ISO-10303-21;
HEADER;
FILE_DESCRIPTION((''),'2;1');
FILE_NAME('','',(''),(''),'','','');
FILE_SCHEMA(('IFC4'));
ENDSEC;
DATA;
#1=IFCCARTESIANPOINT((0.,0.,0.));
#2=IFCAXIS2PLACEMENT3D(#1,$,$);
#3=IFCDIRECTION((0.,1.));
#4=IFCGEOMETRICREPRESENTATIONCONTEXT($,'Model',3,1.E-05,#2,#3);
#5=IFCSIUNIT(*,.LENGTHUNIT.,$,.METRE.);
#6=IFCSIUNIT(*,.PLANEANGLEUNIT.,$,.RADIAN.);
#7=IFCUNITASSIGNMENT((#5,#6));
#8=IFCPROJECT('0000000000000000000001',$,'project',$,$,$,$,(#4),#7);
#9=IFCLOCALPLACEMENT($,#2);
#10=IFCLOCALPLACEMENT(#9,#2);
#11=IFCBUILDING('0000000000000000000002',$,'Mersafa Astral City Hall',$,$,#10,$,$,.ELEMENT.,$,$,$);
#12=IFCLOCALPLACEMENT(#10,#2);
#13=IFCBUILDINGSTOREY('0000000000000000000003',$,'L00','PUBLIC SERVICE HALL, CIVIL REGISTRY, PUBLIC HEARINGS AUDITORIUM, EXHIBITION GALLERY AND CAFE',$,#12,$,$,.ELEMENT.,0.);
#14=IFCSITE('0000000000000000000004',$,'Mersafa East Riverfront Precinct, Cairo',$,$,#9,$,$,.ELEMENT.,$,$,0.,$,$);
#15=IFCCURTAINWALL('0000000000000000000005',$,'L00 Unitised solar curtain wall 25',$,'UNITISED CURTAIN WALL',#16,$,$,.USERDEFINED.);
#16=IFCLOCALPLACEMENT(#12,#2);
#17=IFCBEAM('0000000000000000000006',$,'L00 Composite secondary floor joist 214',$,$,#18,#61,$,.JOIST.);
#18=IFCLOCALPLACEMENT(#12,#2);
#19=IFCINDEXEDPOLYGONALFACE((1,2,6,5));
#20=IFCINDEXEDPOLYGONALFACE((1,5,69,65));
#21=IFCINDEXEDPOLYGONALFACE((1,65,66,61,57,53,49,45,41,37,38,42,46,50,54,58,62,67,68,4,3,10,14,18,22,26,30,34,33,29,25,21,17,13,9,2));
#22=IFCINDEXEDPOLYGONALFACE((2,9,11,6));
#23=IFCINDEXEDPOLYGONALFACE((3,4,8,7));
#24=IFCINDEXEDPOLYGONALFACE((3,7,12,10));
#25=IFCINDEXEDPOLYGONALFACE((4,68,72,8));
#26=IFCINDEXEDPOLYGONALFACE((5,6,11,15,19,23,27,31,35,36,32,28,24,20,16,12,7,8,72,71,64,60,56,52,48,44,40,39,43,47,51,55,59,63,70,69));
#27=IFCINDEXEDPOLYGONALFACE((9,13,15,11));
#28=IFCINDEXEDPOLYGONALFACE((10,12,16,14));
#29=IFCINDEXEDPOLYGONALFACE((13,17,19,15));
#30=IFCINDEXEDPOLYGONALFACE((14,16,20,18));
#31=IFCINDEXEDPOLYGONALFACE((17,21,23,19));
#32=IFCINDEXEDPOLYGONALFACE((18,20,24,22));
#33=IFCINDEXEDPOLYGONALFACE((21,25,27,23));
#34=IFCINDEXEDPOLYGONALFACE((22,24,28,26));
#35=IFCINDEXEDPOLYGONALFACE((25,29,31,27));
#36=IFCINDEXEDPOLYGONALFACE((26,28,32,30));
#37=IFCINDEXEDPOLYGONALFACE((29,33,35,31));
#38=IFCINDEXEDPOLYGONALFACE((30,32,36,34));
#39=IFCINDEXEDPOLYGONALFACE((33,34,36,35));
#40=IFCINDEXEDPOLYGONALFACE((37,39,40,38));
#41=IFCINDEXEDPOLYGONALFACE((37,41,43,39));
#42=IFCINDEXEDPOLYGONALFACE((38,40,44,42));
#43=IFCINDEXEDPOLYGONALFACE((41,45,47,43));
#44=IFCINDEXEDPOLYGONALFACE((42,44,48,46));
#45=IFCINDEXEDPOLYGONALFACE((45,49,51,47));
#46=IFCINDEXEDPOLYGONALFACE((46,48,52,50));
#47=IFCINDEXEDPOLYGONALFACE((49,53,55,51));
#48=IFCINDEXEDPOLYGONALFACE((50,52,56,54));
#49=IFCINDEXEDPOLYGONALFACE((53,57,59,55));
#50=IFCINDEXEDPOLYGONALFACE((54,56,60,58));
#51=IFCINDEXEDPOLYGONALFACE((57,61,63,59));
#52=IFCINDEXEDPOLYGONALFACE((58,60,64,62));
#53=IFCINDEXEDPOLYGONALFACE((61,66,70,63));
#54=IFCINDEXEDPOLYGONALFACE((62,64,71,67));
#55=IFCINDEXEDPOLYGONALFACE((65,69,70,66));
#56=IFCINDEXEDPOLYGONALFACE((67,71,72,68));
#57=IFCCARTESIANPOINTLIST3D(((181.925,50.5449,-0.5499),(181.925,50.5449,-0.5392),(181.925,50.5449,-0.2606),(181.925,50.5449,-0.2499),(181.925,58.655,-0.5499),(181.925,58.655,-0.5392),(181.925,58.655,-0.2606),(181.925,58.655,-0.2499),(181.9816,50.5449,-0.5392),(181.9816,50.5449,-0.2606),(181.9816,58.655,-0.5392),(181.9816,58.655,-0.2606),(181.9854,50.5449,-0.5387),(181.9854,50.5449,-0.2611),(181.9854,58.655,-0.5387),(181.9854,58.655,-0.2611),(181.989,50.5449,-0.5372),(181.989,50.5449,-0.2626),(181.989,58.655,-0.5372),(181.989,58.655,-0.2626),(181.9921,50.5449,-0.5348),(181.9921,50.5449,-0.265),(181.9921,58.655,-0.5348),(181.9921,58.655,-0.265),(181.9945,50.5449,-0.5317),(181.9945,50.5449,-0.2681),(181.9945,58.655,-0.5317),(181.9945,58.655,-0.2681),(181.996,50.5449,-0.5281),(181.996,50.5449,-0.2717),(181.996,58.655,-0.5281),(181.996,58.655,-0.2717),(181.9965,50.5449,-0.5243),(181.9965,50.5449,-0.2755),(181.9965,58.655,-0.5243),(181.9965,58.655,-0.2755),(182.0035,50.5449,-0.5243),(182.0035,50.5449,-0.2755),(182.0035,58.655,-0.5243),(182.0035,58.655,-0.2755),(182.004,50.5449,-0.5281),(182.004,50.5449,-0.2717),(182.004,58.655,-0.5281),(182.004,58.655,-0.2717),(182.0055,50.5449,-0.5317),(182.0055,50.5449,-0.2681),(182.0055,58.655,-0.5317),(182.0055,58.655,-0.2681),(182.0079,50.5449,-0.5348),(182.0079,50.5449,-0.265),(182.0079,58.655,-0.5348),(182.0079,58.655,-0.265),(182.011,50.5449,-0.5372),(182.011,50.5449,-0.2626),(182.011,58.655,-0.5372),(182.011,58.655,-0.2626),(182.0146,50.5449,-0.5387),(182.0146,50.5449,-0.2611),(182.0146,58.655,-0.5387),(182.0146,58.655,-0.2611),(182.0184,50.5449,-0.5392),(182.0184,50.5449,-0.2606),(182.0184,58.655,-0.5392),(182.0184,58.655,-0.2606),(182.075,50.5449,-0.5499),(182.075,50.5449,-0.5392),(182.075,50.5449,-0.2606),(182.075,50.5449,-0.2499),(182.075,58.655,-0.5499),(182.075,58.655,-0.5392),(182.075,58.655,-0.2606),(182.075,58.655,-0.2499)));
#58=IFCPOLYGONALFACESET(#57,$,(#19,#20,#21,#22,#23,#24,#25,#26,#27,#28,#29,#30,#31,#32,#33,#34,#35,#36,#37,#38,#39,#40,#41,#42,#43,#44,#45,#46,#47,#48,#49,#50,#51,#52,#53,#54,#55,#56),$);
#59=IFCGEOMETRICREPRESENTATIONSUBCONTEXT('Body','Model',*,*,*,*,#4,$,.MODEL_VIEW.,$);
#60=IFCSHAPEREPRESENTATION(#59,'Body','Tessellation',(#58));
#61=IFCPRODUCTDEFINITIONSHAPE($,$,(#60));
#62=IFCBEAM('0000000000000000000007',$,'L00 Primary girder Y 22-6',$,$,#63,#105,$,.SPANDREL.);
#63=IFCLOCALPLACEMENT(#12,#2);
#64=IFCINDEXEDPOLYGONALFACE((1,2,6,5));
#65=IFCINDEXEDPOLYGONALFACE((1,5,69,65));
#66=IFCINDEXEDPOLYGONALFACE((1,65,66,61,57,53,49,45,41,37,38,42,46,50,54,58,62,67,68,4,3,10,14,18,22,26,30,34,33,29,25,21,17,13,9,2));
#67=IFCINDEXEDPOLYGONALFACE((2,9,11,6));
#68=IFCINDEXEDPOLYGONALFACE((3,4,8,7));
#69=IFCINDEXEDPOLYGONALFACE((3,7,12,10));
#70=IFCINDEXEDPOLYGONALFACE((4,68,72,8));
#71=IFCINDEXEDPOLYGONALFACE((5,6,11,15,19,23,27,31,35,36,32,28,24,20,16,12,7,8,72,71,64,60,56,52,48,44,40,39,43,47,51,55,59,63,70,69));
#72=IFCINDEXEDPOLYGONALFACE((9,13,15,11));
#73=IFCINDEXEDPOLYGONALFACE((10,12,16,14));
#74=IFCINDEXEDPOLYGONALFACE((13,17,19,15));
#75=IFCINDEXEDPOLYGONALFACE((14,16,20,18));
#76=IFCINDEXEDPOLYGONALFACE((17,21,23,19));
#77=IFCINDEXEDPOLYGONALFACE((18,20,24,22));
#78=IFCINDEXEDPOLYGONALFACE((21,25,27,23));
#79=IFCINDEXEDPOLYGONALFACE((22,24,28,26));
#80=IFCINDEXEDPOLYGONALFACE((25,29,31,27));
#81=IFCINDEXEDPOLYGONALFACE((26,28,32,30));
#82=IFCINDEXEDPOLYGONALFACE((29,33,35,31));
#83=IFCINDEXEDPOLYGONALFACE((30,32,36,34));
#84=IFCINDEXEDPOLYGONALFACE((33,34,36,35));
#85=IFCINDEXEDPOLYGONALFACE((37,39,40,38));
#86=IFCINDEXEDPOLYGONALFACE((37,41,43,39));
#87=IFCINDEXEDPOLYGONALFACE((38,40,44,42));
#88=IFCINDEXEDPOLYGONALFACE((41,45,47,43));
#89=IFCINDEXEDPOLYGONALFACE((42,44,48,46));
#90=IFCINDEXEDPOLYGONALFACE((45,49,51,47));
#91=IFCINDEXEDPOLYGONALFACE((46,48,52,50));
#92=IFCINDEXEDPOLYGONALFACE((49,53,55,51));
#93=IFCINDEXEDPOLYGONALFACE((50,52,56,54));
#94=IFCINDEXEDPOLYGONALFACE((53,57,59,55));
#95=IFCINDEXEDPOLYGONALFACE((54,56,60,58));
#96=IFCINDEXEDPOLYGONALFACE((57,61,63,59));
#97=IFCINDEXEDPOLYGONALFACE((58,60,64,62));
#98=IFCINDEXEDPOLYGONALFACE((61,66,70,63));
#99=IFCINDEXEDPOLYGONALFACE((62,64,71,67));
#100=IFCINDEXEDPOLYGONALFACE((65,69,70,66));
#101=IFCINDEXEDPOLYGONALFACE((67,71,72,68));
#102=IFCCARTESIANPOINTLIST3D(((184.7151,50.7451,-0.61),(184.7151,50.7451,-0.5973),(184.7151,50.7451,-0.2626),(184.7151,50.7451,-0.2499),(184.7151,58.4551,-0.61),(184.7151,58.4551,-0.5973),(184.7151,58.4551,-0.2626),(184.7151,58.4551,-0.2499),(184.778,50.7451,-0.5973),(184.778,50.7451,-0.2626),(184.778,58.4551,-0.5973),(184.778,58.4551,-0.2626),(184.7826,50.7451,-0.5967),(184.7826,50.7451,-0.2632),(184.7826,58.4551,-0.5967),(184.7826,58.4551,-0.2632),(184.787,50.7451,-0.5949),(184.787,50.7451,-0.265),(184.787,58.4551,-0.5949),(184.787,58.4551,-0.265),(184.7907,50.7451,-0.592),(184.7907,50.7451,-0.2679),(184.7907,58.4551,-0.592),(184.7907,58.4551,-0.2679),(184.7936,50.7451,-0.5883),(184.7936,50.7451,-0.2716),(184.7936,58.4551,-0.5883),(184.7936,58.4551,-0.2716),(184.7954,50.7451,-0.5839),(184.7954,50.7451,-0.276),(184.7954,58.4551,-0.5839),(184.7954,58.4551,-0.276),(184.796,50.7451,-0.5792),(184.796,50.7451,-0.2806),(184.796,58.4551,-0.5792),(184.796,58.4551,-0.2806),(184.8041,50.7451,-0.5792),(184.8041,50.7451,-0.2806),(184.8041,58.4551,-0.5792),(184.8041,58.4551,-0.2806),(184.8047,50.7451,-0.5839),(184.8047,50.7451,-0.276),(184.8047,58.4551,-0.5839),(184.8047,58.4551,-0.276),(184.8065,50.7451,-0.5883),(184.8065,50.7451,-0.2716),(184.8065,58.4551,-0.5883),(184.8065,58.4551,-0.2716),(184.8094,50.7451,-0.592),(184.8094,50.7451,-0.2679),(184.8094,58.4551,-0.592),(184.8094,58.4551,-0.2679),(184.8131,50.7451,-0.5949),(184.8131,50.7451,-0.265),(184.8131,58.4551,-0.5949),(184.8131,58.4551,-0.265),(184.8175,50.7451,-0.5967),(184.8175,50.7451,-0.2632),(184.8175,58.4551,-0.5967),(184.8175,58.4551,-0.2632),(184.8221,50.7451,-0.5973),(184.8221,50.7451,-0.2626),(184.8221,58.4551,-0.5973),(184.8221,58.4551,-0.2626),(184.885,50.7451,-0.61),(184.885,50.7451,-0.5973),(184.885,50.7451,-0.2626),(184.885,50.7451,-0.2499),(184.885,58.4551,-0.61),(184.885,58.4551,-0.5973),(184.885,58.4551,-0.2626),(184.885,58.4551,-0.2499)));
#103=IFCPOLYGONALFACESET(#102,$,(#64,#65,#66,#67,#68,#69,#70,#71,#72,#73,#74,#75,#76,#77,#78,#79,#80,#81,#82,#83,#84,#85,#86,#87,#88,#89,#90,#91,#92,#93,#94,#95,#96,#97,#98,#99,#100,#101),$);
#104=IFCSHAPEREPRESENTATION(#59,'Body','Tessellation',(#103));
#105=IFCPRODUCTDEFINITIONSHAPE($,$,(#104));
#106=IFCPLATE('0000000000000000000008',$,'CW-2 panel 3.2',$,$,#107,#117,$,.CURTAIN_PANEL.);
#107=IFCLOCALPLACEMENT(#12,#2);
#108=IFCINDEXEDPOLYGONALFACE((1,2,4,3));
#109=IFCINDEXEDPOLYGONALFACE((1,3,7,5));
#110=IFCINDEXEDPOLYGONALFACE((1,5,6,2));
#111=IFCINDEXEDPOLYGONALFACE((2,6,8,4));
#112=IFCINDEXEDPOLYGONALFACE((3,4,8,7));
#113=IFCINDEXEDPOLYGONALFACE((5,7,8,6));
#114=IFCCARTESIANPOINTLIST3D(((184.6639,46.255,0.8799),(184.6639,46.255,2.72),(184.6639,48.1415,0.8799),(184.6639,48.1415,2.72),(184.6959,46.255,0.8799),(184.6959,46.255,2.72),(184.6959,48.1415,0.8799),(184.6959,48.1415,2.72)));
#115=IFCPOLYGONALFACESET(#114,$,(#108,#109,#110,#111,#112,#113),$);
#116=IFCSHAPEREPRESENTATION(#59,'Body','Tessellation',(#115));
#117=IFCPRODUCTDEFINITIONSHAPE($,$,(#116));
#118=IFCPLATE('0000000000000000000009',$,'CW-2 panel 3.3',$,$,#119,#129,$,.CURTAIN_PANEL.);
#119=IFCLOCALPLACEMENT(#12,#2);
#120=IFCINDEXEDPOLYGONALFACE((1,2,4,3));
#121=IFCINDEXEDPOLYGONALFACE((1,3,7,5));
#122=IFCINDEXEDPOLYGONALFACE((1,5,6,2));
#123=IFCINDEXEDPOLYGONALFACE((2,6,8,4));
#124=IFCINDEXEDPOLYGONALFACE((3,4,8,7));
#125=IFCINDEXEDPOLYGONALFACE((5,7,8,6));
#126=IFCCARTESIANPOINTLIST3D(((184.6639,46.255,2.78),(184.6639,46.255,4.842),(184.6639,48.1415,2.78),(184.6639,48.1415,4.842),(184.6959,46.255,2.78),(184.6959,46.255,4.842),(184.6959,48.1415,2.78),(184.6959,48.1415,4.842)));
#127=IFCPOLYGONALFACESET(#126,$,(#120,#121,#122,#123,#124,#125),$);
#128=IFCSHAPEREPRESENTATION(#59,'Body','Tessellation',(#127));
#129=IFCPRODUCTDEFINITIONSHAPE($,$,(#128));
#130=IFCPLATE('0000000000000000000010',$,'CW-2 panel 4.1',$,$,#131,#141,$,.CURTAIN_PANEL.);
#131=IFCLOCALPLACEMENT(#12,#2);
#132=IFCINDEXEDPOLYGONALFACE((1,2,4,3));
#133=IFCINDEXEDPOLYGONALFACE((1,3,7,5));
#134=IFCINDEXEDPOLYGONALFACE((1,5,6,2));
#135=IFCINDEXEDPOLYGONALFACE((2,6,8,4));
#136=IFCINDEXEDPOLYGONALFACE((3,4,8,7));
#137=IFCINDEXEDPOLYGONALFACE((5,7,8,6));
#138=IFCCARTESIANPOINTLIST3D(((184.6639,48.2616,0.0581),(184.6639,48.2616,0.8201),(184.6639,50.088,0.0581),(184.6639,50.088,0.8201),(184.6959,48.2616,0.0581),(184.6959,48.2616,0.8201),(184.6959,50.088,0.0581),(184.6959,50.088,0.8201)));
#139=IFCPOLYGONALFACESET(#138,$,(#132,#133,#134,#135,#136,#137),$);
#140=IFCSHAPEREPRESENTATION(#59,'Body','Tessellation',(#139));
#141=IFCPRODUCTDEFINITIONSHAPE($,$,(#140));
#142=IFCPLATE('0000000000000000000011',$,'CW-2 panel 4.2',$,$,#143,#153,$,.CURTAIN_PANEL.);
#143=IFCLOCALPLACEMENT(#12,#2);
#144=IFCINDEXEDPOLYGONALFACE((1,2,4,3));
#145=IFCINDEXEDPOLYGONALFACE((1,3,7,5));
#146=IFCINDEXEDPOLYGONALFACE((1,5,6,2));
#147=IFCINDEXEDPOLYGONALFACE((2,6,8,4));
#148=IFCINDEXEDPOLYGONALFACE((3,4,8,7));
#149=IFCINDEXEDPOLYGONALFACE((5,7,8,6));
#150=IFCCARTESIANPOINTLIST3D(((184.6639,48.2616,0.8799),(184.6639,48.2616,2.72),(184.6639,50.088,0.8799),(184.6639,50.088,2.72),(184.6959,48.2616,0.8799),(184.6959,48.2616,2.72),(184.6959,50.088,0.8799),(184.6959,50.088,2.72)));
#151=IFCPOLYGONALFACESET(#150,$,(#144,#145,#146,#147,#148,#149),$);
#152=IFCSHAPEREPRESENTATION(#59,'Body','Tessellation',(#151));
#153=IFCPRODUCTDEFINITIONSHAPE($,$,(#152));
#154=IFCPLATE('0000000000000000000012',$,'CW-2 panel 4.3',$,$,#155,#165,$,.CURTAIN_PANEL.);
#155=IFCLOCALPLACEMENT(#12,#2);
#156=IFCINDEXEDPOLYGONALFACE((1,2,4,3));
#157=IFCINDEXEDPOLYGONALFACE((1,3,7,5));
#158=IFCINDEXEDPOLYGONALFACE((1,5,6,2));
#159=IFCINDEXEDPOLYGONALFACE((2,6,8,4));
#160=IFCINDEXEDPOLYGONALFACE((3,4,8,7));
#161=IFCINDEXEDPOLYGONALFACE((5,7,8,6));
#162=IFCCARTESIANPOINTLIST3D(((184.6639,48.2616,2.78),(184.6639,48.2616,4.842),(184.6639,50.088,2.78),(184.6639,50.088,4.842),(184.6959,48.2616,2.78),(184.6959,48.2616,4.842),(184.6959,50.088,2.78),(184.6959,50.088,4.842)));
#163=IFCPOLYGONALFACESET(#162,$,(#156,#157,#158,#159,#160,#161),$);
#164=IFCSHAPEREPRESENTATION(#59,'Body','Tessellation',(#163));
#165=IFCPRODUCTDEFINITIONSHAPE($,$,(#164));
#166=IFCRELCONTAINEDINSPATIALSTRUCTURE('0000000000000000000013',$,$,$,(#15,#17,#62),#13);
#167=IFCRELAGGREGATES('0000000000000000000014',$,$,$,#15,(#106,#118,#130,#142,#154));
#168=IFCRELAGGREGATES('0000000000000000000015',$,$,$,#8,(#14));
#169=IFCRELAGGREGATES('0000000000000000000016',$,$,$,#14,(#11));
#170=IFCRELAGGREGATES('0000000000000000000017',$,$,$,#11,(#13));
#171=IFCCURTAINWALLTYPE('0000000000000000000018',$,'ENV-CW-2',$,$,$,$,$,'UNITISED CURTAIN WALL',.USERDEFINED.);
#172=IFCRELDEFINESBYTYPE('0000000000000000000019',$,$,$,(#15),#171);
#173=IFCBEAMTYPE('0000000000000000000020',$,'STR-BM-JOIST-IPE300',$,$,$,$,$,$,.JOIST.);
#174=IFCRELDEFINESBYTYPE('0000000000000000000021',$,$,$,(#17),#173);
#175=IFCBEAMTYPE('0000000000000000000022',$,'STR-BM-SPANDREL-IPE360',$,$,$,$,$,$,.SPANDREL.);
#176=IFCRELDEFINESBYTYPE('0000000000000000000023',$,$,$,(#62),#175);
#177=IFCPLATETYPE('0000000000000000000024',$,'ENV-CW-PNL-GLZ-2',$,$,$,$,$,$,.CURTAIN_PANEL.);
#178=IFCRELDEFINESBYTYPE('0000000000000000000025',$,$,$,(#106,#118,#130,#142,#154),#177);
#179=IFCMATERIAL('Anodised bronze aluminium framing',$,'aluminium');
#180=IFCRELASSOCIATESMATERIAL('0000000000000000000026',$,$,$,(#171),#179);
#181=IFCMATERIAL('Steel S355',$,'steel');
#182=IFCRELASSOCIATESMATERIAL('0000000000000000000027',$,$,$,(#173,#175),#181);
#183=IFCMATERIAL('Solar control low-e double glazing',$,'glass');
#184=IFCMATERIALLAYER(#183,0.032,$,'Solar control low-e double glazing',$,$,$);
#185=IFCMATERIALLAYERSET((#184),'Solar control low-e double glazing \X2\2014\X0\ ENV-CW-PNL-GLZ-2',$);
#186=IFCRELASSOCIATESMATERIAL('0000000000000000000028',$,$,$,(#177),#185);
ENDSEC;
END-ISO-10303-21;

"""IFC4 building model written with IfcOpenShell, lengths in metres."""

from ifc_helpers import new_model, si_unit, direction, frame, origin, origin_2d, place, context, subcontext, project, spatial, rectangle, i_section, extrude, material, layer, layer_set, material_profile, profile_set, type_object, element, aggregate, save


model = new_model("IFC4")

# Units and contexts
model_context = context("Model", 3, precision=1e-05, world=origin(), true_north=direction((0.0, 1.0)))
body_context = subcontext(model_context, "Body", "Model", "MODEL_VIEW")
ifc_project = project(units=[si_unit("LENGTHUNIT", "METRE"), si_unit("PLANEANGLEUNIT", "RADIAN")], contexts=[model_context])

# Site, building, storey
site_placement = place(None, origin())
site = spatial("IfcSite", under=ifc_project, at=site_placement, Name="Mersafa East Riverfront Precinct, Cairo", CompositionType="ELEMENT", RefElevation=0.0)
building_placement = place(site_placement, origin())
building = spatial("IfcBuilding", under=site, at=building_placement, Name="Mersafa Astral City Hall", CompositionType="ELEMENT")
storey_placement = place(building_placement, origin())
storey = spatial("IfcBuildingStorey", under=building, at=storey_placement, Name="L00", Description="PUBLIC SERVICE HALL, CIVIL REGISTRY, PUBLIC HEARINGS AUDITORIUM, EXHIBITION GALLERY AND CAFE", CompositionType="ELEMENT", Elevation=0.0)

# Shared definitions
ifc_material_1 = material(Name="Steel S355", Category="steel")

# Curtain wall
ifc_material_2 = material(Name="Anodised bronze aluminium framing", Category="aluminium")
curtain_wall_type = type_object("IfcCurtainWallType", Name="ENV-CW-2", ElementType="UNITISED CURTAIN WALL", PredefinedType="USERDEFINED", material=ifc_material_2)
curtain_wall_placement = place(storey_placement, origin())
curtain_wall = element("IfcCurtainWall", 1, at=curtain_wall_placement, inside=storey, type_object=curtain_wall_type, Name="L00 Unitised solar curtain wall 25", ObjectType="UNITISED CURTAIN WALL", PredefinedType="USERDEFINED")

# Beams
ifc_material_profile_1 = material_profile(ifc_material_1, i_section(OverallWidth=0.1499, OverallDepth=0.3, WebThickness=0.0071, FlangeThickness=0.0107, FilletRadius=0.0149, at=origin_2d()), Name="IPE 300")
ifc_profile_set_1 = profile_set([ifc_material_profile_1], Name="Steel S355")
beam_type_1 = type_object("IfcBeamType", Name="STR-BM-JOIST-IPE300", PredefinedType="JOIST", material=ifc_profile_set_1)
for number, where, z_axis, x_axis, name in (
    (2, (182.0, 50.5449, -0.3999), (0.0, 1.0, 0.0), (-1.0, 0.0, 0.0), "L00 Composite secondary floor joist 214"),
):
    element("IfcBeam", number, at=place(storey_placement, frame(where, z_axis=z_axis, x_axis=x_axis)), inside=storey, type_object=beam_type_1, Name=name, PredefinedType="JOIST", context=body_context, shape_type="SweptSolid", body=[
        extrude(i_section(OverallWidth=0.1499, OverallDepth=0.3, WebThickness=0.0071, FlangeThickness=0.0107, FilletRadius=0.0149, at=origin_2d()), origin(), (0.0, 0.0, 1.0), 8.1101),
    ])
ifc_material_profile_2 = material_profile(ifc_material_1, i_section(OverallWidth=0.1699, OverallDepth=0.3601, WebThickness=0.0081, FlangeThickness=0.0127, FilletRadius=0.0181, at=origin_2d()), Name="IPE 360")
ifc_profile_set_2 = profile_set([ifc_material_profile_2], Name="Steel S355")
beam_type_2 = type_object("IfcBeamType", Name="STR-BM-SPANDREL-IPE360", PredefinedType="SPANDREL", material=ifc_profile_set_2)
beam_1_placement = place(storey_placement, frame((184.8, 50.7451, -0.4299), z_axis=(0.0, 1.0, 0.0), x_axis=(-1.0, 0.0, 0.0)))
element("IfcBeam", 3, at=beam_1_placement, inside=storey, type_object=beam_type_2, Name="L00 Primary girder Y 22-6", PredefinedType="SPANDREL", context=body_context, shape_type="SweptSolid", body=[
    extrude(i_section(OverallWidth=0.1699, OverallDepth=0.3601, WebThickness=0.0081, FlangeThickness=0.0127, FilletRadius=0.0181, at=origin_2d()), origin(), (0.0, 0.0, 1.0), 7.71),
])

# Plates
ifc_material_3 = material(Name="Solar control low-e double glazing", Category="glass")
ifc_layer_1 = layer(ifc_material_3, 0.032, Name="Solar control low-e double glazing")
ifc_layer_set_1 = layer_set([ifc_layer_1], Name="Solar control low-e double glazing — ENV-CW-PNL-GLZ-2")
plate_type = type_object("IfcPlateType", Name="ENV-CW-PNL-GLZ-2", PredefinedType="CURTAIN_PANEL", material=ifc_layer_set_1)
plate_1_placement = place(storey_placement, frame((184.6799, 47.1982, 0.8799), z_axis=(0.0, 0.0, 1.0), x_axis=(0.0, 1.0, 0.0)))
plate_1 = element("IfcPlate", 4, at=plate_1_placement, type_object=plate_type, Name="CW-2 panel 3.2", PredefinedType="CURTAIN_PANEL", context=body_context, shape_type="SweptSolid", body=[
    extrude(rectangle(XDim=1.8865, YDim=0.032, at=origin_2d()), origin(), (0.0, 0.0, 1.0), 1.8401),
])
plate_2_placement = place(storey_placement, frame((184.6799, 47.1982, 2.78), z_axis=(0.0, 0.0, 1.0), x_axis=(0.0, 1.0, 0.0)))
plate_2 = element("IfcPlate", 5, at=plate_2_placement, type_object=plate_type, Name="CW-2 panel 3.3", PredefinedType="CURTAIN_PANEL", context=body_context, shape_type="SweptSolid", body=[
    extrude(rectangle(XDim=1.8865, YDim=0.032, at=origin_2d()), origin(), (0.0, 0.0, 1.0), 2.062),
])
plate_3_placement = place(storey_placement, frame((184.6799, 49.1748, 0.0581), z_axis=(0.0, 0.0, 1.0), x_axis=(0.0, 1.0, 0.0)))
plate_3 = element("IfcPlate", 6, at=plate_3_placement, type_object=plate_type, Name="CW-2 panel 4.1", PredefinedType="CURTAIN_PANEL", context=body_context, shape_type="SweptSolid", body=[
    extrude(rectangle(XDim=1.8264, YDim=0.032, at=origin_2d()), origin(), (0.0, 0.0, 1.0), 0.762),
])
plate_4_placement = place(storey_placement, frame((184.6799, 49.1748, 0.8799), z_axis=(0.0, 0.0, 1.0), x_axis=(0.0, 1.0, 0.0)))
plate_4 = element("IfcPlate", 7, at=plate_4_placement, type_object=plate_type, Name="CW-2 panel 4.2", PredefinedType="CURTAIN_PANEL", context=body_context, shape_type="SweptSolid", body=[
    extrude(rectangle(XDim=1.8264, YDim=0.032, at=origin_2d()), origin(), (0.0, 0.0, 1.0), 1.8401),
])
plate_5_placement = place(storey_placement, frame((184.6799, 49.1748, 2.78), z_axis=(0.0, 0.0, 1.0), x_axis=(0.0, 1.0, 0.0)))
plate_5 = element("IfcPlate", 8, at=plate_5_placement, type_object=plate_type, Name="CW-2 panel 4.3", PredefinedType="CURTAIN_PANEL", context=body_context, shape_type="SweptSolid", body=[
    extrude(rectangle(XDim=1.8264, YDim=0.032, at=origin_2d()), origin(), (0.0, 0.0, 1.0), 2.062),
])
aggregate(curtain_wall, [plate_1, plate_2, plate_3, plate_4, plate_5])

save(model, "model.ifc")
